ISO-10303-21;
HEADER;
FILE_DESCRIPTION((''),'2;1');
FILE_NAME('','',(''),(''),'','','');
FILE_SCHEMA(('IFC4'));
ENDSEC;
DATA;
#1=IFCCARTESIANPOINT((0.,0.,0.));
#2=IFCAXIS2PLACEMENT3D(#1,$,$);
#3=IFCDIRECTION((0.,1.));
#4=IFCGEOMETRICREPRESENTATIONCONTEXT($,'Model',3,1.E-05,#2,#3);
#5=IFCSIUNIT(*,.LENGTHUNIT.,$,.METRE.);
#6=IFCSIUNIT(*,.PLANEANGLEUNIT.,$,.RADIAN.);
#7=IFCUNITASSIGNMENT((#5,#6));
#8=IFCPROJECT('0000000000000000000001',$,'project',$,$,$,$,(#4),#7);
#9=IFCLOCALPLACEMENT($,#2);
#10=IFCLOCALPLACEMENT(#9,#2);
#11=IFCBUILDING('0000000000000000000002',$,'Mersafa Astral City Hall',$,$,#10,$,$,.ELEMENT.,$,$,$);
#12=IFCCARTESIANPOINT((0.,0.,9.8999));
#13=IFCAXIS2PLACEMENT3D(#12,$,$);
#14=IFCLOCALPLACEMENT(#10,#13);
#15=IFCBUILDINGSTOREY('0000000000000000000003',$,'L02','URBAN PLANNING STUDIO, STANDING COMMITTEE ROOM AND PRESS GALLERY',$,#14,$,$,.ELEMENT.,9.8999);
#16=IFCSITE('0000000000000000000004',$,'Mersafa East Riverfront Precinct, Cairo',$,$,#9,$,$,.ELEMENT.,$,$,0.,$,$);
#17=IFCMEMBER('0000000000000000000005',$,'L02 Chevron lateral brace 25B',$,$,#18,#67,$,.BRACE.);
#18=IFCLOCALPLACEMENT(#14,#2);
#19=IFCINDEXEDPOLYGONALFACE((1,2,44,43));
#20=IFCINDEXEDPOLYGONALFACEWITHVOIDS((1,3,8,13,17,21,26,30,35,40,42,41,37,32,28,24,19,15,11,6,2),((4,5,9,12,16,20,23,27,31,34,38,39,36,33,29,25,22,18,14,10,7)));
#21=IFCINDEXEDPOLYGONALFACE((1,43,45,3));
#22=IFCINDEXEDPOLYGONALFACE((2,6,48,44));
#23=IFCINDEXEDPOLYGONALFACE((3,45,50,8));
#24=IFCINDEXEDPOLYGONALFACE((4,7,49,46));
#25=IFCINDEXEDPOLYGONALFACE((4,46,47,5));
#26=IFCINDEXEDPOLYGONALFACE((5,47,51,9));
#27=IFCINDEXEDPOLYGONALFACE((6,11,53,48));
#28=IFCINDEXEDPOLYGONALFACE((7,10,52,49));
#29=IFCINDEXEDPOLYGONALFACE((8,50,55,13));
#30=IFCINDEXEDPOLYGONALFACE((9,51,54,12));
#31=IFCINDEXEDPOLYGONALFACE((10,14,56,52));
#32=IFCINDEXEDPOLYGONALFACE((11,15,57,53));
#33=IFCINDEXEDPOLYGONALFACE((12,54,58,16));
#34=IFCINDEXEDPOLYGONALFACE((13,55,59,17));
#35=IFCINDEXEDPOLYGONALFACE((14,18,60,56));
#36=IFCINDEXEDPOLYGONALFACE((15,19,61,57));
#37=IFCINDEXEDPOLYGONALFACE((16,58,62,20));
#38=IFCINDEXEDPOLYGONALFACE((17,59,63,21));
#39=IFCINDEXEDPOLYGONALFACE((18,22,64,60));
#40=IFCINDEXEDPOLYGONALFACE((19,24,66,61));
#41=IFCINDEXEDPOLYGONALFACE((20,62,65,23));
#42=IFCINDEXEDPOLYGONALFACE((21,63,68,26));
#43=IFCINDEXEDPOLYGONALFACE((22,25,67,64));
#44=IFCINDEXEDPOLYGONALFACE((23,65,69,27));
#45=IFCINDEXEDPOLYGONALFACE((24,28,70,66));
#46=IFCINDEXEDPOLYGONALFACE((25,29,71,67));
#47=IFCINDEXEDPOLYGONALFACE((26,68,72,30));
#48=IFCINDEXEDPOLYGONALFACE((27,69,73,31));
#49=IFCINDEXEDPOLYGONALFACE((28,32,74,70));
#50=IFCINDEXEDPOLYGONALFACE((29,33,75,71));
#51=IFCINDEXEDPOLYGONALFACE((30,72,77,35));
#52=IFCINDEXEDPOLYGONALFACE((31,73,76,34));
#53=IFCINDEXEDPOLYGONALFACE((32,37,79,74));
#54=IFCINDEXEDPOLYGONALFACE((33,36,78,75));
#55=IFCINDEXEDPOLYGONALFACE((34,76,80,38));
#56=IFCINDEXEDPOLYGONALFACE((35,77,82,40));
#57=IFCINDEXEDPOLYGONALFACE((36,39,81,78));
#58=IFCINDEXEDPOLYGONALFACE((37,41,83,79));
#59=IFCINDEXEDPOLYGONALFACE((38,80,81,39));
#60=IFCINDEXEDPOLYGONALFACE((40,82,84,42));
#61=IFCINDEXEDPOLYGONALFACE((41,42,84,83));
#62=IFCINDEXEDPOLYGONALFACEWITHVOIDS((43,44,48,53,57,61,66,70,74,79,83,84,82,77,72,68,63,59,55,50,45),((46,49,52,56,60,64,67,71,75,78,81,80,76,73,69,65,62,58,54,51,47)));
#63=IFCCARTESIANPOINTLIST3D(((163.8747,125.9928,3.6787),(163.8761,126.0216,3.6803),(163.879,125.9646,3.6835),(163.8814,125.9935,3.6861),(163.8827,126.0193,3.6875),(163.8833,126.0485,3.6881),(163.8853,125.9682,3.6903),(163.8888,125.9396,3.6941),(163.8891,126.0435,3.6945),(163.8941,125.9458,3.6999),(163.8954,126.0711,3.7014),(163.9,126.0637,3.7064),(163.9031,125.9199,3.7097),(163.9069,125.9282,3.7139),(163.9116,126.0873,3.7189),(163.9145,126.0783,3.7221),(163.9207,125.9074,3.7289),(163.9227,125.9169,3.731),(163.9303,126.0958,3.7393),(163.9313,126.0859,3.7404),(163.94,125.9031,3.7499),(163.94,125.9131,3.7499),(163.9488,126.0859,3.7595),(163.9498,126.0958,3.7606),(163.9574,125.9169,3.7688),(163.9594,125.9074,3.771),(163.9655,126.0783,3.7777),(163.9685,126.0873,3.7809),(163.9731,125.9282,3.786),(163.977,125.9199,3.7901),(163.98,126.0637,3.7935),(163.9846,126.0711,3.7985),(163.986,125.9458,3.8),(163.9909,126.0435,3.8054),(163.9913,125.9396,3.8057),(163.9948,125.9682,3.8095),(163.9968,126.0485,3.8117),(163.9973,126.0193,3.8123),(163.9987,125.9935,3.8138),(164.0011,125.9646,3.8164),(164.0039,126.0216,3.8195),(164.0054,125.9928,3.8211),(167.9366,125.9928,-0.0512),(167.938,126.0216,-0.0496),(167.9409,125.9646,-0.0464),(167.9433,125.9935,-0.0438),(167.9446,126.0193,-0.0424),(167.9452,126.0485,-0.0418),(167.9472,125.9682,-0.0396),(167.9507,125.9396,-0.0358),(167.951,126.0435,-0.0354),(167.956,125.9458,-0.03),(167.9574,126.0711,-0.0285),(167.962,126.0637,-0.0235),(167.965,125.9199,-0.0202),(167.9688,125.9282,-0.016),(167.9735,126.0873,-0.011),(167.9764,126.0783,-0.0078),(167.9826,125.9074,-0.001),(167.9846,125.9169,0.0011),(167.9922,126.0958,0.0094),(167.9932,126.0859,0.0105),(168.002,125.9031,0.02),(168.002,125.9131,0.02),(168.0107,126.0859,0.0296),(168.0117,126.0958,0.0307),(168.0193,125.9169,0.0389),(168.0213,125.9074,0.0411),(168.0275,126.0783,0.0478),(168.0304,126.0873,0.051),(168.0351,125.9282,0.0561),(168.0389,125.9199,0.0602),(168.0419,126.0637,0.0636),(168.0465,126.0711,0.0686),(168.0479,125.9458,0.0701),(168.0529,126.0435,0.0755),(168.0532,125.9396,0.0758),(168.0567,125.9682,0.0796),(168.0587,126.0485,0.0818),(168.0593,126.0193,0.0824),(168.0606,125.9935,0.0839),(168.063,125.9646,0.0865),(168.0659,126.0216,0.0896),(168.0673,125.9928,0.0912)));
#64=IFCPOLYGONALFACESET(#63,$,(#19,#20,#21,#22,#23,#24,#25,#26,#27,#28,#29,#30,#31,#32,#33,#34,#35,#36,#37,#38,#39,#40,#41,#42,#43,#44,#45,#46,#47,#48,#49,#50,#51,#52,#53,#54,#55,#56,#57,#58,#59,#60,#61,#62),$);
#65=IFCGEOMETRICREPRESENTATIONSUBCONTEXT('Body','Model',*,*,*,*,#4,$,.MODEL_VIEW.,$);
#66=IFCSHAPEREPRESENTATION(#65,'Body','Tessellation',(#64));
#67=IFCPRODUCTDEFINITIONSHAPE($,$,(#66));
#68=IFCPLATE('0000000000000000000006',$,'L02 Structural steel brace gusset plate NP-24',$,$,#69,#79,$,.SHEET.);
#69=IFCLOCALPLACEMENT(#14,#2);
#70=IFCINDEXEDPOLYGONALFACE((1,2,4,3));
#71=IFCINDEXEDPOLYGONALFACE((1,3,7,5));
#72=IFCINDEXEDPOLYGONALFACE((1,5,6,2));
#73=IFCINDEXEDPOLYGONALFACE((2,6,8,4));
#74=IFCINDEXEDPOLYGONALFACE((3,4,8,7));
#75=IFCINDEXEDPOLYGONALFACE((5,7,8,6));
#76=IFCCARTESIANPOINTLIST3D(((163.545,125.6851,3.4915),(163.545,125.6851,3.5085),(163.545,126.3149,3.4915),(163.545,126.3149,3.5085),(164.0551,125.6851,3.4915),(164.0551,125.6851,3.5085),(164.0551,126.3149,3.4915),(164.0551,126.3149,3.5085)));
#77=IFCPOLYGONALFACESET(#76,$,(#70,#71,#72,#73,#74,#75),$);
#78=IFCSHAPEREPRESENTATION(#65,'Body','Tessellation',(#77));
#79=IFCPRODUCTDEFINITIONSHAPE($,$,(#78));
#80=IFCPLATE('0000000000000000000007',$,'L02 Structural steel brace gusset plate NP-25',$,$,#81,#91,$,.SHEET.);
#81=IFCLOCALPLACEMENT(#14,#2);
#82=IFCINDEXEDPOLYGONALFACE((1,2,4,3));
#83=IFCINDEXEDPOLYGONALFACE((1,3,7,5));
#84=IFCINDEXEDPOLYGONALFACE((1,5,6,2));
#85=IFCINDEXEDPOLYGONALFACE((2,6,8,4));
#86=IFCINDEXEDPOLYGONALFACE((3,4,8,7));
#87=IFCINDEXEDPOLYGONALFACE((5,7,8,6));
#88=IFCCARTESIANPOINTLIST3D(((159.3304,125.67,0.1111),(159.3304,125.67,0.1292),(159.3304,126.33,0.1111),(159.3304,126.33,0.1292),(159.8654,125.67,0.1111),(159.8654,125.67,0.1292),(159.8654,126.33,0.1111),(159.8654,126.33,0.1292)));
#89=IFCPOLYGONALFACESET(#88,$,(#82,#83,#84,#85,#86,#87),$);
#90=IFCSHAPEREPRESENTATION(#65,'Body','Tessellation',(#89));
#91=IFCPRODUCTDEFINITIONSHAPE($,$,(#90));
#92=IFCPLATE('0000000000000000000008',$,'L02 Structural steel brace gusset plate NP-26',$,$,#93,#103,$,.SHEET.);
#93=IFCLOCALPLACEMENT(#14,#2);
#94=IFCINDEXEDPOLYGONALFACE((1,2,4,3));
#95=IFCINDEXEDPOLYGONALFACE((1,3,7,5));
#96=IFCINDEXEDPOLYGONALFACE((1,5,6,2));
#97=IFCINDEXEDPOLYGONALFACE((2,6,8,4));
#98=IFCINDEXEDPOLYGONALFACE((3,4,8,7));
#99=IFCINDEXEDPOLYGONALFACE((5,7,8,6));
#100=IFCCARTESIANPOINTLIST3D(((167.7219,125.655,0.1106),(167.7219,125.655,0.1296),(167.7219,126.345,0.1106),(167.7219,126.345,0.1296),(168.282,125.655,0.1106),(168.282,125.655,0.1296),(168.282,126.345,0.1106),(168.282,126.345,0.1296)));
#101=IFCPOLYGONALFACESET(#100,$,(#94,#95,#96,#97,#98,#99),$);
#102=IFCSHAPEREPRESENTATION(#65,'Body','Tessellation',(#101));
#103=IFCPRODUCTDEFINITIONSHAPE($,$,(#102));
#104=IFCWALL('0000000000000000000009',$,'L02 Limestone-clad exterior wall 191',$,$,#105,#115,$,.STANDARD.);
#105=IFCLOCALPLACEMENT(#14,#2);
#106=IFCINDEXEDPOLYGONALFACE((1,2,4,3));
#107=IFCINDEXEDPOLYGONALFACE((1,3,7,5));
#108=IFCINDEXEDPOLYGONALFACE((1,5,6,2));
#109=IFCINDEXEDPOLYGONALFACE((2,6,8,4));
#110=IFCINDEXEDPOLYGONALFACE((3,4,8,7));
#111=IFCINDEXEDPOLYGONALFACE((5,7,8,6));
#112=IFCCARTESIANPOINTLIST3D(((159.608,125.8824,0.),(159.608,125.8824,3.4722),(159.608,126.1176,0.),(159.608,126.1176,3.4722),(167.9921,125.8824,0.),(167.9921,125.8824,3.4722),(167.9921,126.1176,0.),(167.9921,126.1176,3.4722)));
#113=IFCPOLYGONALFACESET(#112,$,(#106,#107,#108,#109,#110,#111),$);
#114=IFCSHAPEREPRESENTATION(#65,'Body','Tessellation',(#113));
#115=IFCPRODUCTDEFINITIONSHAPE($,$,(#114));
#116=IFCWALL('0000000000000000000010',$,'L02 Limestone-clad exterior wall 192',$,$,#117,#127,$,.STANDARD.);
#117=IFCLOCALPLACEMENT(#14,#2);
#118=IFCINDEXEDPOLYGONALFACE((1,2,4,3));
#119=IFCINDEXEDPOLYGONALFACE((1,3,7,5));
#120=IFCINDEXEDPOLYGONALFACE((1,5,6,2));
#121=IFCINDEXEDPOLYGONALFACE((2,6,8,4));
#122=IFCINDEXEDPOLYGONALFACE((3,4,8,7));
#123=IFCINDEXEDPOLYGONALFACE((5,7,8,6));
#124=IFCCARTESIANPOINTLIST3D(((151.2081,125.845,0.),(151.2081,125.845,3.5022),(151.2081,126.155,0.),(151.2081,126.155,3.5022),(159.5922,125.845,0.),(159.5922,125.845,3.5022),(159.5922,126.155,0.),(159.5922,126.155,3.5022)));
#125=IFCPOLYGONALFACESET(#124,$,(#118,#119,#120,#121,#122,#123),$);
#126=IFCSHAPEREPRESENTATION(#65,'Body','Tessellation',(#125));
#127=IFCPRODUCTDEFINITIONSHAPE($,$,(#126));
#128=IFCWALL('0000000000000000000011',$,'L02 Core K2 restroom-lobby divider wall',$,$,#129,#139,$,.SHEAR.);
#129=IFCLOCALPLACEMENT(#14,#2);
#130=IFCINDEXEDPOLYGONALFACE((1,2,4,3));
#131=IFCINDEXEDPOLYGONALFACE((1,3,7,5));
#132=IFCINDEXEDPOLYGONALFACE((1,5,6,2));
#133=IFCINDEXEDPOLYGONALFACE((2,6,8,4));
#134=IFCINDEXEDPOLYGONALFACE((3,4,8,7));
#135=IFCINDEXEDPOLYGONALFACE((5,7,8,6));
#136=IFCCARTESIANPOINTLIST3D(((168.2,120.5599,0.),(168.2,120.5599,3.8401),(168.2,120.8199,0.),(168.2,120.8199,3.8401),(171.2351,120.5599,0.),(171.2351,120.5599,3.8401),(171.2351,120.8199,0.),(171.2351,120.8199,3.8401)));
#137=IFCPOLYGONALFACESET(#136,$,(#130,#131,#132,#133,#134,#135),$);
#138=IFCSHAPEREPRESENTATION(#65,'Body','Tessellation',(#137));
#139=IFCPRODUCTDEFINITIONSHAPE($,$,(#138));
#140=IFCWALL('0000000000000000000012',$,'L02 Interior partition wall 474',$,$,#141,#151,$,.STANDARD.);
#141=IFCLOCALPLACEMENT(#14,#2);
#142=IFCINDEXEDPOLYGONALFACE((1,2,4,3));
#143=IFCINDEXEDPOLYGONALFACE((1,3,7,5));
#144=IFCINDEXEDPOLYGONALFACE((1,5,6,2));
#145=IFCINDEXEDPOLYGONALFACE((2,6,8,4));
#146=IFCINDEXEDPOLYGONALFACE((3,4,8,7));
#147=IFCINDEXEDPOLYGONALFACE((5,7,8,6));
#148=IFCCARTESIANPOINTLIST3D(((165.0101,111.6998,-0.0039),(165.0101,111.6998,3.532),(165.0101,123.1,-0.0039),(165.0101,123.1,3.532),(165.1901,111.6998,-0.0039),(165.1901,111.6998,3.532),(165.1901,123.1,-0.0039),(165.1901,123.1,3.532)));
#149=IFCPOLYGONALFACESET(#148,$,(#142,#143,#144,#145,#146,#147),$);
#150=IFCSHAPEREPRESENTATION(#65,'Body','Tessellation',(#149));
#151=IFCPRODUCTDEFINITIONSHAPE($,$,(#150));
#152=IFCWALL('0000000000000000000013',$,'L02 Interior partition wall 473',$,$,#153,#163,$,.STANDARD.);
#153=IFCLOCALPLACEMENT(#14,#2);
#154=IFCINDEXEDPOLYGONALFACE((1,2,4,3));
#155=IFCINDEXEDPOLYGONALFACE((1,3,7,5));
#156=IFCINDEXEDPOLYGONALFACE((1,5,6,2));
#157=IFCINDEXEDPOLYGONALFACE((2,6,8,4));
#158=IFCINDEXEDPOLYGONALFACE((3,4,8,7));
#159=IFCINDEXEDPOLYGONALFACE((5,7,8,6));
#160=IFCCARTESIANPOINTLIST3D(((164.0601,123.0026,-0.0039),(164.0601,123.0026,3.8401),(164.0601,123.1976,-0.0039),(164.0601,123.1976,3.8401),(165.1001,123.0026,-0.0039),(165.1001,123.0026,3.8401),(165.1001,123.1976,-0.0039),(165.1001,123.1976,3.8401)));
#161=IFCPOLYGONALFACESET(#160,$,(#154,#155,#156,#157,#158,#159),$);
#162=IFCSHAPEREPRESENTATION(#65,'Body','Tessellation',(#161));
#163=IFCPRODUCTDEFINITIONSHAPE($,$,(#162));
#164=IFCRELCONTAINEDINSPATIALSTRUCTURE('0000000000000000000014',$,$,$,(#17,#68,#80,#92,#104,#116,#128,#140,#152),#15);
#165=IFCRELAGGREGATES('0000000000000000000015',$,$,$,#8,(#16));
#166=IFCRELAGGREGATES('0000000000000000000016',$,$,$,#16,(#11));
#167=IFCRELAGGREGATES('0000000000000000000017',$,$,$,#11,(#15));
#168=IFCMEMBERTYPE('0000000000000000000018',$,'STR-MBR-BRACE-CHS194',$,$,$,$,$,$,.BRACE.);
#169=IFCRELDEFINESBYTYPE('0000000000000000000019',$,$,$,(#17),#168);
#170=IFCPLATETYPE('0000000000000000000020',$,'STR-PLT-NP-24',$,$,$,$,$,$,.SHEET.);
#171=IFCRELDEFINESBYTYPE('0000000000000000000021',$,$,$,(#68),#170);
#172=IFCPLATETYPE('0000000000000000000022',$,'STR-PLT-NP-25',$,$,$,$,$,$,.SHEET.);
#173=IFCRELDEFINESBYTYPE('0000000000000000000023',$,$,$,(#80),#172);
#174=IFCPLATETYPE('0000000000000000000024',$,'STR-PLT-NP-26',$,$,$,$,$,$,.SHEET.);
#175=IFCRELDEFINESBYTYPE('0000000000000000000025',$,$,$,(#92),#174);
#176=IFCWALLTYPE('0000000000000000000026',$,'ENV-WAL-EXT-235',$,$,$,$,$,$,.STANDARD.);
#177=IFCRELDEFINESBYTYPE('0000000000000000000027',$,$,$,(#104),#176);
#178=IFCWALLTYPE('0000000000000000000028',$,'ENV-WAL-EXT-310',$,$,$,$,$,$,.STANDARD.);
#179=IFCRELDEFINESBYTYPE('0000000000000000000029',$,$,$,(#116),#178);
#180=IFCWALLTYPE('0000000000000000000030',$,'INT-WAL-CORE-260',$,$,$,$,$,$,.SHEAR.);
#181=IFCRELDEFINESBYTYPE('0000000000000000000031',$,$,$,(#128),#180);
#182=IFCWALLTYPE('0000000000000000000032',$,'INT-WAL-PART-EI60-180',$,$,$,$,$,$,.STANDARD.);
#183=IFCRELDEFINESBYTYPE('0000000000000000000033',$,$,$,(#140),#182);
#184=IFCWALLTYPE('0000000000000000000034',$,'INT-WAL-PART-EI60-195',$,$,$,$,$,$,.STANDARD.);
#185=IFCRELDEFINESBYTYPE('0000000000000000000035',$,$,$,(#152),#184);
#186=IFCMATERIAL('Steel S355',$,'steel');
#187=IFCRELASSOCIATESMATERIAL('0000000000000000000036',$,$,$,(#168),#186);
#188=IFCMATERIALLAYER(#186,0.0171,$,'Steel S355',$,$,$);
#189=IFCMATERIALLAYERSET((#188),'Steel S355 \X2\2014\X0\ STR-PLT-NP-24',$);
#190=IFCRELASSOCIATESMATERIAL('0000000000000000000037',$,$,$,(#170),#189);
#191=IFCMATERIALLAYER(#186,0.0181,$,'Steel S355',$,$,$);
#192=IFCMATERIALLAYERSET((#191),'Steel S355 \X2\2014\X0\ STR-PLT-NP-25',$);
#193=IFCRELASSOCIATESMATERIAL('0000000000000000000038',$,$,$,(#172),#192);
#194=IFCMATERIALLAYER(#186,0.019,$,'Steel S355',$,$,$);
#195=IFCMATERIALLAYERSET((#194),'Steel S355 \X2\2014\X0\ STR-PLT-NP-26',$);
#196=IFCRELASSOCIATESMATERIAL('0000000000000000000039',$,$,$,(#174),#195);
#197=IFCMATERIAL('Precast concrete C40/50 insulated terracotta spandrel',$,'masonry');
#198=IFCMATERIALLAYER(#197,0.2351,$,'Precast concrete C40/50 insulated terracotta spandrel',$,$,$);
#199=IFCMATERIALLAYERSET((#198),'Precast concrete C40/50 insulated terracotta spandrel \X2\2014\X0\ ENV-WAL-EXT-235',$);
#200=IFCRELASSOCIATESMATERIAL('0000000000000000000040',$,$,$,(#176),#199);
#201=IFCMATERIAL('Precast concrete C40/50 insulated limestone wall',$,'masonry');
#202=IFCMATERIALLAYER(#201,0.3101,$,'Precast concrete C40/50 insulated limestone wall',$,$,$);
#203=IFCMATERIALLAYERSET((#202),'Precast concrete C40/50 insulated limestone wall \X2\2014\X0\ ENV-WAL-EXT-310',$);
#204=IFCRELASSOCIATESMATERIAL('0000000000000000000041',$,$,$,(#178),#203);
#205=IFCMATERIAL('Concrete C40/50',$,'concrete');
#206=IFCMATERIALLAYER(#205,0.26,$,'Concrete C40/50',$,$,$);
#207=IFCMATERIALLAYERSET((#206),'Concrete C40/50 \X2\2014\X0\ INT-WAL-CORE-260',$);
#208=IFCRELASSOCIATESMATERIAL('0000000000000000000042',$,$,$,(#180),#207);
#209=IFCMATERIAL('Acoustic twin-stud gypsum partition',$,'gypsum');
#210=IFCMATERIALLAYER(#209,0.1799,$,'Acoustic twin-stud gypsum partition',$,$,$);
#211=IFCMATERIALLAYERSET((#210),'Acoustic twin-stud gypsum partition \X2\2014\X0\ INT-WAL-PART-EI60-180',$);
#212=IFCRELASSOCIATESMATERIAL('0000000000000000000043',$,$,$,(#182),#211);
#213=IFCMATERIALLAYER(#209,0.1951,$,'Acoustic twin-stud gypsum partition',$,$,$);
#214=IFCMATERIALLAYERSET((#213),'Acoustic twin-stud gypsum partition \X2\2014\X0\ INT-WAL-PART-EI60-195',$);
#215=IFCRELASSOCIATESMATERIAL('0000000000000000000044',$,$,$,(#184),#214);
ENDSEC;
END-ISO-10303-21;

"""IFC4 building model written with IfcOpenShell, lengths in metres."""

from ifc_helpers import new_model, si_unit, direction, frame, frame_2d, origin, origin_2d, place, context, subcontext, project, spatial, rectangle, hollow_circle, extrude, material, layer, layer_set, material_profile, profile_set, type_object, element, save


model = new_model("IFC4")

# Units and contexts
model_context = context("Model", 3, precision=1e-05, world=origin(), true_north=direction((0.0, 1.0)))
body_context = subcontext(model_context, "Body", "Model", "MODEL_VIEW")
ifc_project = project(units=[si_unit("LENGTHUNIT", "METRE"), si_unit("PLANEANGLEUNIT", "RADIAN")], contexts=[model_context])

# Site, building, storey
site_placement = place(None, origin())
site = spatial("IfcSite", under=ifc_project, at=site_placement, Name="Mersafa East Riverfront Precinct, Cairo", CompositionType="ELEMENT", RefElevation=0.0)
building_placement = place(site_placement, origin())
building = spatial("IfcBuilding", under=site, at=building_placement, Name="Mersafa Astral City Hall", CompositionType="ELEMENT")
storey_placement = place(building_placement, frame((0.0, 0.0, 9.8999)))
storey = spatial("IfcBuildingStorey", under=building, at=storey_placement, Name="L02", Description="URBAN PLANNING STUDIO, STANDING COMMITTEE ROOM AND PRESS GALLERY", CompositionType="ELEMENT", Elevation=9.8999)

# Shared definitions
ifc_material_1 = material(Name="Steel S355", Category="steel")

# Member
ifc_material_profile_1 = material_profile(ifc_material_1, hollow_circle(Radius=0.0969, WallThickness=0.01, at=origin_2d()), Name="CHS 193.7x10")
ifc_profile_set_1 = profile_set([ifc_material_profile_1], Name="Steel S355")
member_type = type_object("IfcMemberType", Name="STR-MBR-BRACE-CHS194", PredefinedType="BRACE", material=ifc_profile_set_1)
for number, where, z_axis, x_axis, name in (
    (1, (168.002, 126.0, 0.02), (-0.736569, 0.0, 0.676362), (0.0, -1.0, 0.0), "L02 Chevron lateral brace 25B"),
):
    element("IfcMember", number, at=place(storey_placement, frame(where, z_axis=z_axis, x_axis=x_axis)), inside=storey, type_object=member_type, Name=name, PredefinedType="BRACE", context=body_context, shape_type="SweptSolid", body=[
        extrude(hollow_circle(Radius=0.0969, WallThickness=0.01, at=origin_2d()), origin(), (0.0, 0.0, 1.0), 5.5146),
    ])

# Plates
ifc_layer_1 = layer(ifc_material_1, 0.0171, Name="Steel S355")
ifc_layer_set_1 = layer_set([ifc_layer_1], Name="Steel S355 — STR-PLT-NP-24")
plate_type_1 = type_object("IfcPlateType", Name="STR-PLT-NP-24", PredefinedType="SHEET", material=ifc_layer_set_1)
plate_1_placement = place(storey_placement, frame((163.8, 126.0, 3.4915), z_axis=(0.0, 0.0, 1.0), x_axis=(1.0, 0.0, 0.0)))
element("IfcPlate", 2, at=plate_1_placement, inside=storey, type_object=plate_type_1, Name="L02 Structural steel brace gusset plate NP-24", PredefinedType="SHEET", context=body_context, shape_type="SweptSolid", body=[
    extrude(rectangle(XDim=0.51, YDim=0.6299, at=origin_2d()), origin(), (0.0, 0.0, 1.0), 0.0171),
])
ifc_layer_2 = layer(ifc_material_1, 0.0181, Name="Steel S355")
ifc_layer_set_2 = layer_set([ifc_layer_2], Name="Steel S355 — STR-PLT-NP-25")
plate_type_2 = type_object("IfcPlateType", Name="STR-PLT-NP-25", PredefinedType="SHEET", material=ifc_layer_set_2)
plate_2_placement = place(storey_placement, frame((159.5979, 126.0, 0.1111), z_axis=(0.0, 0.0, 1.0), x_axis=(1.0, 0.0, 0.0)))
element("IfcPlate", 3, at=plate_2_placement, inside=storey, type_object=plate_type_2, Name="L02 Structural steel brace gusset plate NP-25", PredefinedType="SHEET", context=body_context, shape_type="SweptSolid", body=[
    extrude(rectangle(XDim=0.5349, YDim=0.6599, at=origin_2d()), origin(), (0.0, 0.0, 1.0), 0.0181),
])
ifc_layer_3 = layer(ifc_material_1, 0.019, Name="Steel S355")
ifc_layer_set_3 = layer_set([ifc_layer_3], Name="Steel S355 — STR-PLT-NP-26")
plate_type_3 = type_object("IfcPlateType", Name="STR-PLT-NP-26", PredefinedType="SHEET", material=ifc_layer_set_3)
plate_3_placement = place(storey_placement, frame((168.002, 126.0, 0.1106), z_axis=(0.0, 0.0, 1.0), x_axis=(1.0, 0.0, 0.0)))
element("IfcPlate", 4, at=plate_3_placement, inside=storey, type_object=plate_type_3, Name="L02 Structural steel brace gusset plate NP-26", PredefinedType="SHEET", context=body_context, shape_type="SweptSolid", body=[
    extrude(rectangle(XDim=0.5601, YDim=0.6899, at=origin_2d()), origin(), (0.0, 0.0, 1.0), 0.019),
])

# Walls
ifc_material_2 = material(Name="Precast concrete C40/50 insulated terracotta spandrel", Category="masonry")
ifc_layer_4 = layer(ifc_material_2, 0.2351, Name="Precast concrete C40/50 insulated terracotta spandrel")
ifc_layer_set_4 = layer_set([ifc_layer_4], Name="Precast concrete C40/50 insulated terracotta spandrel — ENV-WAL-EXT-235")
wall_type_1 = type_object("IfcWallType", Name="ENV-WAL-EXT-235", PredefinedType="STANDARD", material=ifc_layer_set_4)
wall_1_placement = place(storey_placement, frame((167.9919, 126.0, 0.0), z_axis=(0.0, 0.0, 1.0), x_axis=(-1.0, 0.0, 0.0)))
element("IfcWall", 5, at=wall_1_placement, inside=storey, type_object=wall_type_1, Name="L02 Limestone-clad exterior wall 191", PredefinedType="STANDARD", context=body_context, shape_type="SweptSolid", body=[
    extrude(rectangle(XDim=8.384, YDim=0.2351, at=frame_2d((4.1919, 0.0))), origin(), (0.0, 0.0, 1.0), 3.4722),
])
ifc_material_3 = material(Name="Precast concrete C40/50 insulated limestone wall", Category="masonry")
ifc_layer_5 = layer(ifc_material_3, 0.3101, Name="Precast concrete C40/50 insulated limestone wall")
ifc_layer_set_5 = layer_set([ifc_layer_5], Name="Precast concrete C40/50 insulated limestone wall — ENV-WAL-EXT-310")
wall_type_2 = type_object("IfcWallType", Name="ENV-WAL-EXT-310", PredefinedType="STANDARD", material=ifc_layer_set_5)
wall_2_placement = place(storey_placement, frame((159.592, 126.0, 0.0), z_axis=(0.0, 0.0, 1.0), x_axis=(-1.0, 0.0, 0.0)))
element("IfcWall", 6, at=wall_2_placement, inside=storey, type_object=wall_type_2, Name="L02 Limestone-clad exterior wall 192", PredefinedType="STANDARD", context=body_context, shape_type="SweptSolid", body=[
    extrude(rectangle(XDim=8.384, YDim=0.3101, at=frame_2d((4.1919, 0.0))), origin(), (0.0, 0.0, 1.0), 3.5022),
])
ifc_material_4 = material(Name="Concrete C40/50", Category="concrete")
ifc_layer_6 = layer(ifc_material_4, 0.26, Name="Concrete C40/50")
ifc_layer_set_6 = layer_set([ifc_layer_6], Name="Concrete C40/50 — INT-WAL-CORE-260")
wall_type_3 = type_object("IfcWallType", Name="INT-WAL-CORE-260", PredefinedType="SHEAR", material=ifc_layer_set_6)
wall_3_placement = place(storey_placement, frame((168.2, 120.6899, 0.0), z_axis=(0.0, 0.0, 1.0), x_axis=(1.0, 0.0, 0.0)))
element("IfcWall", 7, at=wall_3_placement, inside=storey, type_object=wall_type_3, Name="L02 Core K2 restroom-lobby divider wall", PredefinedType="SHEAR", context=body_context, shape_type="SweptSolid", body=[
    extrude(rectangle(XDim=3.0352, YDim=0.26, at=frame_2d((1.5176, 0.0))), origin(), (0.0, 0.0, 1.0), 3.8401),
])

# Walls
ifc_material_5 = material(Name="Acoustic twin-stud gypsum partition", Category="gypsum")
ifc_layer_7 = layer(ifc_material_5, 0.1799, Name="Acoustic twin-stud gypsum partition")
ifc_layer_set_7 = layer_set([ifc_layer_7], Name="Acoustic twin-stud gypsum partition — INT-WAL-PART-EI60-180")
wall_type_4 = type_object("IfcWallType", Name="INT-WAL-PART-EI60-180", PredefinedType="STANDARD", material=ifc_layer_set_7)
wall_4_placement = place(storey_placement, frame((165.1001, 123.1001, -0.0039), z_axis=(0.0, 0.0, 1.0), x_axis=(0.0, -1.0, 0.0)))
element("IfcWall", 8, at=wall_4_placement, inside=storey, type_object=wall_type_4, Name="L02 Interior partition wall 474", PredefinedType="STANDARD", context=body_context, shape_type="SweptSolid", body=[
    extrude(rectangle(XDim=11.4001, YDim=0.1799, at=frame_2d((5.7002, 0.0))), origin(), (0.0, 0.0, 1.0), 3.5359),
])
ifc_layer_8 = layer(ifc_material_5, 0.1951, Name="Acoustic twin-stud gypsum partition")
ifc_layer_set_8 = layer_set([ifc_layer_8], Name="Acoustic twin-stud gypsum partition — INT-WAL-PART-EI60-195")
wall_type_5 = type_object("IfcWallType", Name="INT-WAL-PART-EI60-195", PredefinedType="STANDARD", material=ifc_layer_set_8)
wall_5_placement = place(storey_placement, frame((164.0601, 123.1001, -0.0039), z_axis=(0.0, 0.0, 1.0), x_axis=(1.0, 0.0, 0.0)))
element("IfcWall", 9, at=wall_5_placement, inside=storey, type_object=wall_type_5, Name="L02 Interior partition wall 473", PredefinedType="STANDARD", context=body_context, shape_type="SweptSolid", body=[
    extrude(rectangle(XDim=1.04, YDim=0.1951, at=frame_2d((0.52, 0.0))), origin(), (0.0, 0.0, 1.0), 3.844),
])

save(model, "model.ifc")
